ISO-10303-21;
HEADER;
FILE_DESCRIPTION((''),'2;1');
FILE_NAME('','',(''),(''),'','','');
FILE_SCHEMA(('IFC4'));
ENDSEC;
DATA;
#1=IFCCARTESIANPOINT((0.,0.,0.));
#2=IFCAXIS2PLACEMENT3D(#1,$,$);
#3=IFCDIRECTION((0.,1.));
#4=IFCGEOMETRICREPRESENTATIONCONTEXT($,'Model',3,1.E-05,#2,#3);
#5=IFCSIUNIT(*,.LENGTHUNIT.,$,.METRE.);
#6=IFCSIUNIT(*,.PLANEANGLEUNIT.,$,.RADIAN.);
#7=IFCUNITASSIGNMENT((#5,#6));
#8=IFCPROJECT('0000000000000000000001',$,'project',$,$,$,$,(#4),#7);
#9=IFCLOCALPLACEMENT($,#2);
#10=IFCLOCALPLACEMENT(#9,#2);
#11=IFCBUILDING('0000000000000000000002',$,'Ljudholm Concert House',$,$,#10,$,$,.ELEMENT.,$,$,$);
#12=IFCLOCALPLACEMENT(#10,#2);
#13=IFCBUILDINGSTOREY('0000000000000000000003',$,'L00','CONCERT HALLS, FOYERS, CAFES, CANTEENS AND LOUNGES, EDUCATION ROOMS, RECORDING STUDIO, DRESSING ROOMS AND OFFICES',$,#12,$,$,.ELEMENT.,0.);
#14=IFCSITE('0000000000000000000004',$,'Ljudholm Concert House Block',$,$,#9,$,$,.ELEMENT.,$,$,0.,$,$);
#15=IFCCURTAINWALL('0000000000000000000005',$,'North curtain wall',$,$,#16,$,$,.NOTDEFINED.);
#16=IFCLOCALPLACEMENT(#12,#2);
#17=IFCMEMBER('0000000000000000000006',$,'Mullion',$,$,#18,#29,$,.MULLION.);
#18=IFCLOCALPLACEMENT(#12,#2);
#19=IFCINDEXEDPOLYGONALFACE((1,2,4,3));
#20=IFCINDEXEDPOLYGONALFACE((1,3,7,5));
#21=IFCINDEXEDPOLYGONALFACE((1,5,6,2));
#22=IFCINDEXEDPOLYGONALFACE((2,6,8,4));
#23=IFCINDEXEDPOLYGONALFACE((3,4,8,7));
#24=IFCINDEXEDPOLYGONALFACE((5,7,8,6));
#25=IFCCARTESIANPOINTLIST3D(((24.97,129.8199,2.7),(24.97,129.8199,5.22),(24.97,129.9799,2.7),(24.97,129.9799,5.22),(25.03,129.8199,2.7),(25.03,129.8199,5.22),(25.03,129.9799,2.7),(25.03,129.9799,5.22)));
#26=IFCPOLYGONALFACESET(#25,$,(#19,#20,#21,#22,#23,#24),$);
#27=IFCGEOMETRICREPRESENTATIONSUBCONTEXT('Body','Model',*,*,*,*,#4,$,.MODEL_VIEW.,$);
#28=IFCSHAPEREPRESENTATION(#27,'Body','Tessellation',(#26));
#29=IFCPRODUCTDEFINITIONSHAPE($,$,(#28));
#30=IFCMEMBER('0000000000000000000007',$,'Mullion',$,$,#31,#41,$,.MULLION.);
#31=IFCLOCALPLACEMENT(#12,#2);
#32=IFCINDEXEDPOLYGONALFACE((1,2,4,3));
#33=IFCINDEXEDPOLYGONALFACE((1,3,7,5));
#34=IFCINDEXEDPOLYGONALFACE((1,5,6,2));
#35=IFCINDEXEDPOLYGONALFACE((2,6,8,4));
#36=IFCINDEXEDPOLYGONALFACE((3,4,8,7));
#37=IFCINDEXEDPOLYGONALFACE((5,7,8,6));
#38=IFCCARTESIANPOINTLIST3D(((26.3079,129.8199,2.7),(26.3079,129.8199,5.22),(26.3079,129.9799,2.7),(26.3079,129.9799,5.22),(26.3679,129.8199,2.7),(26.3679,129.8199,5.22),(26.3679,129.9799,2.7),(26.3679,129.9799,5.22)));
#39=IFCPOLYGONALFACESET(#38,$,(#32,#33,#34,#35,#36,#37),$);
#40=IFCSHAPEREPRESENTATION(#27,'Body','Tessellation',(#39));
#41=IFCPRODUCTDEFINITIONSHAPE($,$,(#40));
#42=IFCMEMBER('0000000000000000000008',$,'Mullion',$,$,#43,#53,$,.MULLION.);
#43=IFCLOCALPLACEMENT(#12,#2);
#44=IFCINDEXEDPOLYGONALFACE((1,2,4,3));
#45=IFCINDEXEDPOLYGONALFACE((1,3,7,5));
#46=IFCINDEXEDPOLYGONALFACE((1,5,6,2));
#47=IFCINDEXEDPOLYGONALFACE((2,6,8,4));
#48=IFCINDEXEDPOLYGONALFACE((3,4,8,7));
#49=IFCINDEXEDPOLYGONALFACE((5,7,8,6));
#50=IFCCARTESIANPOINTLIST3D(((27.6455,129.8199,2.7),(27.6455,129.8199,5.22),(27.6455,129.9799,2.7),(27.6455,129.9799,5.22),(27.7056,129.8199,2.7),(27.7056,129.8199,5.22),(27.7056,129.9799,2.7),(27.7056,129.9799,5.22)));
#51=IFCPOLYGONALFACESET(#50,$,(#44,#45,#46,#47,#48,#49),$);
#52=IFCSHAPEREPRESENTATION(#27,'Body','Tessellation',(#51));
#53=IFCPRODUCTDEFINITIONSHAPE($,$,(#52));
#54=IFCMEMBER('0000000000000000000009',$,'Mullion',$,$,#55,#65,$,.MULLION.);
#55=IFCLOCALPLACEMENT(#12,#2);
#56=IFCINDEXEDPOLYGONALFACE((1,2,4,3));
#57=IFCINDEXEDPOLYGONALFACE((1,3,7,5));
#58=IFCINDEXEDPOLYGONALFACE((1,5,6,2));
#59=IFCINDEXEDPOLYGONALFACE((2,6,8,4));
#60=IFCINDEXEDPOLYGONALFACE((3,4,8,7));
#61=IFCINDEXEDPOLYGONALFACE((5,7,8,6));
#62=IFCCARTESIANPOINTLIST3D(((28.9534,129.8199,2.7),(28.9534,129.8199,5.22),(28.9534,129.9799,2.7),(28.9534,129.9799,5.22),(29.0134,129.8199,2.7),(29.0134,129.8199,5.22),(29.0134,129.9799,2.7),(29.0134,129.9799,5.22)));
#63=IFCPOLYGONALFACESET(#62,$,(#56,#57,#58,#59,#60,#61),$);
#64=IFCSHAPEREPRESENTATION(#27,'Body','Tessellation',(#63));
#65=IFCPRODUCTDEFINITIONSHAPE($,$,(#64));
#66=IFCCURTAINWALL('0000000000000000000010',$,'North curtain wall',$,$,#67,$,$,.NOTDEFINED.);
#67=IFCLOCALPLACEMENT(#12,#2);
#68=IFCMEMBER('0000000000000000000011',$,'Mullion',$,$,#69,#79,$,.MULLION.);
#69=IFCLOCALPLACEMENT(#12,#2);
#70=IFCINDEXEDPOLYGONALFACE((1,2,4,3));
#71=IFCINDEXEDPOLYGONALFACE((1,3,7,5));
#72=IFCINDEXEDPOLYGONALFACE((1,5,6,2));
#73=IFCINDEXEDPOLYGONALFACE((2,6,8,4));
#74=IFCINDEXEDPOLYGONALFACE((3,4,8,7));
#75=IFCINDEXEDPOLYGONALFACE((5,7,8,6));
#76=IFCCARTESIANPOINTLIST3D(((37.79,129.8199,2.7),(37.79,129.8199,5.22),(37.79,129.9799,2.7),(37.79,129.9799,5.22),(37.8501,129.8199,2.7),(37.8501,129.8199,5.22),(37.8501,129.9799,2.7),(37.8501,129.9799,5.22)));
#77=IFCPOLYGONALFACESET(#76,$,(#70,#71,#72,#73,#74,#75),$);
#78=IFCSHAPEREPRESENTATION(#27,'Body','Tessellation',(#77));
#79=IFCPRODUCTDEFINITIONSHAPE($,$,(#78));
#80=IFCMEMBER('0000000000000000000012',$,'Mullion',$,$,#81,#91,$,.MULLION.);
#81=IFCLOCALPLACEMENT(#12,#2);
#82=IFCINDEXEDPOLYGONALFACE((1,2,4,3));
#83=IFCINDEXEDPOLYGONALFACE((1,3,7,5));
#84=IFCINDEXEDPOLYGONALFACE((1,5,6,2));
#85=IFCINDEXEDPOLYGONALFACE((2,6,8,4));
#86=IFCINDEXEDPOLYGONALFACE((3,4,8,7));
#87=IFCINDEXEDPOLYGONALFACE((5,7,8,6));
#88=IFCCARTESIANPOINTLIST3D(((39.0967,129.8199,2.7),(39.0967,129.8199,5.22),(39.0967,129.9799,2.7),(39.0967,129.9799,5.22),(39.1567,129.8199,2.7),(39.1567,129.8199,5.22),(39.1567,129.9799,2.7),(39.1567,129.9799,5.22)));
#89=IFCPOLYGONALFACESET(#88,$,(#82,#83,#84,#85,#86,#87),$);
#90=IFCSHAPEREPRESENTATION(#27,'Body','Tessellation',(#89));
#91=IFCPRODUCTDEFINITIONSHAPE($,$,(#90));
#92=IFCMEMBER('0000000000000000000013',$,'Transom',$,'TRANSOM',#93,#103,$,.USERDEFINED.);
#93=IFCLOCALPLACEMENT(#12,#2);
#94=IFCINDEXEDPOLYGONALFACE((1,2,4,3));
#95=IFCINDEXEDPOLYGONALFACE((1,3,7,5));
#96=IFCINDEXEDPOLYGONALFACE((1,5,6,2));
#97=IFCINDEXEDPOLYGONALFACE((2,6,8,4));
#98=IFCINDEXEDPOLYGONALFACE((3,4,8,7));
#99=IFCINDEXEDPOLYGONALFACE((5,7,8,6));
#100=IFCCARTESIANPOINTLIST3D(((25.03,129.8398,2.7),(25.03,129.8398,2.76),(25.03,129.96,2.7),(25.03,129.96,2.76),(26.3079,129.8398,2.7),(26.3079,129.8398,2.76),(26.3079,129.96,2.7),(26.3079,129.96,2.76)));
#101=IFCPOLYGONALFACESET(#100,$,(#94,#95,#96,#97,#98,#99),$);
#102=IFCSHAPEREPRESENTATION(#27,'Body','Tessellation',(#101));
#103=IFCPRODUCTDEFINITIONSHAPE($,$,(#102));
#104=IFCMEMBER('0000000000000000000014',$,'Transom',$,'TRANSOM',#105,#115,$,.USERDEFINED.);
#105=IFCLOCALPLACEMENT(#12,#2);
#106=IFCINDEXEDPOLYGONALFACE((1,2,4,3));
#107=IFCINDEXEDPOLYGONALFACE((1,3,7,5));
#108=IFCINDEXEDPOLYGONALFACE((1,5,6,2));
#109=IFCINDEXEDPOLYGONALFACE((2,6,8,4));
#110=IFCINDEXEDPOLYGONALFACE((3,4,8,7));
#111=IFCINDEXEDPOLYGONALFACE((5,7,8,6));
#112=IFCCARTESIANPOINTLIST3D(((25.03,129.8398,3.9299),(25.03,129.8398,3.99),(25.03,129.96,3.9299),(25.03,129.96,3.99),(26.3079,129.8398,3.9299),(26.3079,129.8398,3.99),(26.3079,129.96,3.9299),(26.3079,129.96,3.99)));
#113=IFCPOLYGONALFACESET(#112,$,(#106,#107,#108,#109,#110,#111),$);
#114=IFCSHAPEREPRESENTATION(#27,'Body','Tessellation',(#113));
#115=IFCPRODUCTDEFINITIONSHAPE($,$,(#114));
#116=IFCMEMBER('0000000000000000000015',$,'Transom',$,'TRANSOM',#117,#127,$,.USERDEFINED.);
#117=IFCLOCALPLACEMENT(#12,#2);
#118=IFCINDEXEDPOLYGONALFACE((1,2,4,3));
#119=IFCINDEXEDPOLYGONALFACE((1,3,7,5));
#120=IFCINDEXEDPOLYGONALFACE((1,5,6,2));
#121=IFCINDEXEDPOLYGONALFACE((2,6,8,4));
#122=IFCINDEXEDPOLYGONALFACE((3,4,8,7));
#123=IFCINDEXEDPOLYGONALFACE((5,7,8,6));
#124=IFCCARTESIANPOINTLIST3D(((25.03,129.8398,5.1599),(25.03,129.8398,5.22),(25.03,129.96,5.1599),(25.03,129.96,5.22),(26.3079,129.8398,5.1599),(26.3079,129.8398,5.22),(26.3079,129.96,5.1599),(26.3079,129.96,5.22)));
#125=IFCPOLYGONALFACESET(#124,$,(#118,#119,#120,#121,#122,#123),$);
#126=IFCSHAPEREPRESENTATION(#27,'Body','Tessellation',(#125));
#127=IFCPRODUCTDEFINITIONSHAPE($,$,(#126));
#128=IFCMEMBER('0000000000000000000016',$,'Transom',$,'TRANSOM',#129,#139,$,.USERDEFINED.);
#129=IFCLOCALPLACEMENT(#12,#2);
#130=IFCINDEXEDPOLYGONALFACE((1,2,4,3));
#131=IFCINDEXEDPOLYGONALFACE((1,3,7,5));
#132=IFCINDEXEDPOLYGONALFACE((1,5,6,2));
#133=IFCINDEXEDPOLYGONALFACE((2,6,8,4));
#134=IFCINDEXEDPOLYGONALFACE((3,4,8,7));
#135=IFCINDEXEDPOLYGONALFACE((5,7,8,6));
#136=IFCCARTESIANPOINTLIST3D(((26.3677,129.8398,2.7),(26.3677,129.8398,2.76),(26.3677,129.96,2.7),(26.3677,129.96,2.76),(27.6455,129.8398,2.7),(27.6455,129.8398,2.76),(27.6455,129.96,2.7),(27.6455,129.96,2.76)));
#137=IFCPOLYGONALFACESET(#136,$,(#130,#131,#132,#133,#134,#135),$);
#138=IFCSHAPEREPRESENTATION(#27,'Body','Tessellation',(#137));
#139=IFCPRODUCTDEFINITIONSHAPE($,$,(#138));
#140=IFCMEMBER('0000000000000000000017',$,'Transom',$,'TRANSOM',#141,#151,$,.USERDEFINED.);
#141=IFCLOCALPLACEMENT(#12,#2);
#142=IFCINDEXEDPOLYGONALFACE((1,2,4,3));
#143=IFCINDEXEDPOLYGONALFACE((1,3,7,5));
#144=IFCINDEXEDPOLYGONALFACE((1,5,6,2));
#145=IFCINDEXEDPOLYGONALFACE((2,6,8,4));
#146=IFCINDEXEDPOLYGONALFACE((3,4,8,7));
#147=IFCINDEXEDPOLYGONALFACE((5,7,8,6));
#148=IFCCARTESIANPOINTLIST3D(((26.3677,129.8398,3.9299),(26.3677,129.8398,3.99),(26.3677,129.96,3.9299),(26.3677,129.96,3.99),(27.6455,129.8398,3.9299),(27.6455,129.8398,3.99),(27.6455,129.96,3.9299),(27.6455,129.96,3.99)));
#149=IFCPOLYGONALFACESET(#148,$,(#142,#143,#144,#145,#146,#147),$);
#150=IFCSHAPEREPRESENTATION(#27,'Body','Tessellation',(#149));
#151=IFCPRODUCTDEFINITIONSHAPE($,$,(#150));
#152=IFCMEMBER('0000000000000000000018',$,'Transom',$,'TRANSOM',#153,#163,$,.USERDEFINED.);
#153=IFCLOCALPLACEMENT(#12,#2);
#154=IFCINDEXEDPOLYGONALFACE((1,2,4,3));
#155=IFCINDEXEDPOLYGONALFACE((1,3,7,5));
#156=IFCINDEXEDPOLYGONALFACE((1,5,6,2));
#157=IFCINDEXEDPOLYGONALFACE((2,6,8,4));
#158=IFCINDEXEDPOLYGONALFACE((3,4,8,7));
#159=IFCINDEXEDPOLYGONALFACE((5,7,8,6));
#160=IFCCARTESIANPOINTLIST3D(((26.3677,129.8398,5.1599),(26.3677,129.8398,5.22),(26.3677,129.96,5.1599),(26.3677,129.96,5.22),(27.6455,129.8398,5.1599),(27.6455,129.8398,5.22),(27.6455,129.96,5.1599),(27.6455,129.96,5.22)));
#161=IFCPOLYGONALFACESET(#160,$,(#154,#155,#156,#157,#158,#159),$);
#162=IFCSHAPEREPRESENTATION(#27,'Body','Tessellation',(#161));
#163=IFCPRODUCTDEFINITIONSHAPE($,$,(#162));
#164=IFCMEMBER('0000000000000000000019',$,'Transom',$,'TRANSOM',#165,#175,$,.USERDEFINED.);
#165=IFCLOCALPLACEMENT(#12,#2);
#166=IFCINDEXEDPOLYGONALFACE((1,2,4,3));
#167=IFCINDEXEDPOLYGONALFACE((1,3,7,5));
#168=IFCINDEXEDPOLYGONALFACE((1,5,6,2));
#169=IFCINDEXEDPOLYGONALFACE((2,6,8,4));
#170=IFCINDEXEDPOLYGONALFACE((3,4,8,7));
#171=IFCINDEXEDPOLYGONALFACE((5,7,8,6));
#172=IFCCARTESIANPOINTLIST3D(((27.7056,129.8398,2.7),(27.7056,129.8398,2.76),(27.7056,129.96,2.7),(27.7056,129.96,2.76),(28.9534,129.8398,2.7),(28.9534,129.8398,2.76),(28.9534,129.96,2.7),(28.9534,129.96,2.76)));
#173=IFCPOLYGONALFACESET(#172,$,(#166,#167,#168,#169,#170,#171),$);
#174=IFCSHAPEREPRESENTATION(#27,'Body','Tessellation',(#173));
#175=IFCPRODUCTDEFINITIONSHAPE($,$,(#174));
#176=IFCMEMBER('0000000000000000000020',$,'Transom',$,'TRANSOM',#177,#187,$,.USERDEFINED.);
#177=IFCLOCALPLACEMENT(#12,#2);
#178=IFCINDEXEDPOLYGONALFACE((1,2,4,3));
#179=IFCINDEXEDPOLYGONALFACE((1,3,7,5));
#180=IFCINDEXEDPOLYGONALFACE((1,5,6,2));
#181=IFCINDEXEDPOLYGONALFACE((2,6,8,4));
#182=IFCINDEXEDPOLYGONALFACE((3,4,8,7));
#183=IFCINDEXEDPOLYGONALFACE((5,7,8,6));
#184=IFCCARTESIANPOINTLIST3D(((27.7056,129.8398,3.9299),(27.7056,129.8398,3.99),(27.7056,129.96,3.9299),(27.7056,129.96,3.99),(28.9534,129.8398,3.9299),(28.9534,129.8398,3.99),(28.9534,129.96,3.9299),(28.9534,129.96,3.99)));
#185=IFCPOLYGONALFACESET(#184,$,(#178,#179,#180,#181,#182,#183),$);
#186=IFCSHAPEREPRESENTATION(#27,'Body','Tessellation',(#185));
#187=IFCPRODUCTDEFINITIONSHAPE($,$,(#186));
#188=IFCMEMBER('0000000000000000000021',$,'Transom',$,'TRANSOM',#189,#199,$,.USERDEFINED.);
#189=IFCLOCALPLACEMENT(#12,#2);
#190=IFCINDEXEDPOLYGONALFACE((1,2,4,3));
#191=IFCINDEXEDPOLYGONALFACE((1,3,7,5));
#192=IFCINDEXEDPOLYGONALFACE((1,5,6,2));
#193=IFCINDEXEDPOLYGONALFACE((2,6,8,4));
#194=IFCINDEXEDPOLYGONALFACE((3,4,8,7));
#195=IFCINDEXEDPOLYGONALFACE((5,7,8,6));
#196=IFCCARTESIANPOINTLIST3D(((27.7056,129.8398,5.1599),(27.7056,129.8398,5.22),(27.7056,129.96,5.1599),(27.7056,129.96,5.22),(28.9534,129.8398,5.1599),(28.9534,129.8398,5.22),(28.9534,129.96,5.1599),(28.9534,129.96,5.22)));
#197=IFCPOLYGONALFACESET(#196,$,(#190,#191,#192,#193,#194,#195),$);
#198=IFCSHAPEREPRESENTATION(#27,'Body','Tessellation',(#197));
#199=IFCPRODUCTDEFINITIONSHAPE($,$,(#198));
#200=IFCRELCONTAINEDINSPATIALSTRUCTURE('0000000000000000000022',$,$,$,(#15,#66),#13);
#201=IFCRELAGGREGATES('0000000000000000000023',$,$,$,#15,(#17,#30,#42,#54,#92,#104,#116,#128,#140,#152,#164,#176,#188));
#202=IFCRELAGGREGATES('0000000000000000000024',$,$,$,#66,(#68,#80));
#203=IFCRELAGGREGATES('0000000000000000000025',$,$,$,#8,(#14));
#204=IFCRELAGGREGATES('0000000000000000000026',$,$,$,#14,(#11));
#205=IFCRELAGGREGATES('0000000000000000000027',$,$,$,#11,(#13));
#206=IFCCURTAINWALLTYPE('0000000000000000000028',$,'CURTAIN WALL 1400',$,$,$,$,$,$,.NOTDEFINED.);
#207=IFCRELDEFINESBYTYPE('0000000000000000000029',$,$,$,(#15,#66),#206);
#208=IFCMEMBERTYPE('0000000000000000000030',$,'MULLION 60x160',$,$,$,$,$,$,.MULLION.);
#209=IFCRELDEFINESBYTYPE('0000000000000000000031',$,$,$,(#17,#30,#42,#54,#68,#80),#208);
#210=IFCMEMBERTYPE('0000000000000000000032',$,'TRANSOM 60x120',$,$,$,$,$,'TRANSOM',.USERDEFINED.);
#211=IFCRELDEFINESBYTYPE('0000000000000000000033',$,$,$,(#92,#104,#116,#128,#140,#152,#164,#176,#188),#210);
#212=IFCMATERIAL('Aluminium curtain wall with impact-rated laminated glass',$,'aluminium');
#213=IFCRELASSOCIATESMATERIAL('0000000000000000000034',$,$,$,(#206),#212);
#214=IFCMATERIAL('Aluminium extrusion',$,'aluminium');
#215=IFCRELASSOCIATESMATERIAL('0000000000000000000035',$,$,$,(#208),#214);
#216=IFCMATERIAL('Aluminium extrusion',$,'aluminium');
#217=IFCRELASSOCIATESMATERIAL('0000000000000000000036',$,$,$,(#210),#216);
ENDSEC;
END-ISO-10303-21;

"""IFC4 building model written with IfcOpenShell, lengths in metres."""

from ifc_helpers import new_model, si_unit, direction, frame, origin, origin_2d, place, context, subcontext, project, spatial, rectangle, extrude, material, material_profile, profile_set, type_object, element, aggregate, save


model = new_model("IFC4")

# Units and contexts
model_context = context("Model", 3, precision=1e-05, world=origin(), true_north=direction((0.0, 1.0)))
body_context = subcontext(model_context, "Body", "Model", "MODEL_VIEW")
ifc_project = project(units=[si_unit("LENGTHUNIT", "METRE"), si_unit("PLANEANGLEUNIT", "RADIAN")], contexts=[model_context])

# Site, building, storey
site_placement = place(None, origin())
site = spatial("IfcSite", under=ifc_project, at=site_placement, Name="Ljudholm Concert House Block", CompositionType="ELEMENT", RefElevation=0.0)
building_placement = place(site_placement, origin())
building = spatial("IfcBuilding", under=site, at=building_placement, Name="Ljudholm Concert House", CompositionType="ELEMENT")
storey_placement = place(building_placement, origin())
storey = spatial("IfcBuildingStorey", under=building, at=storey_placement, Name="L00", Description="CONCERT HALLS, FOYERS, CAFES, CANTEENS AND LOUNGES, EDUCATION ROOMS, RECORDING STUDIO, DRESSING ROOMS AND OFFICES", CompositionType="ELEMENT", Elevation=0.0)

# Curtain walls, members
ifc_material_1 = material(Name="Aluminium curtain wall with impact-rated laminated glass", Category="aluminium")
curtain_wall_type = type_object("IfcCurtainWallType", Name="CURTAIN WALL 1400", PredefinedType="NOTDEFINED", material=ifc_material_1)
curtain_wall_1_placement = place(storey_placement, origin())
curtain_wall_1 = element("IfcCurtainWall", 1, at=curtain_wall_1_placement, inside=storey, type_object=curtain_wall_type, Name="North curtain wall", PredefinedType="NOTDEFINED")
ifc_material_2 = material(Name="Aluminium extrusion", Category="aluminium")
ifc_material_profile_1 = material_profile(ifc_material_2, rectangle(XDim=0.1599, YDim=0.0601, at=origin_2d()), Name="MULLION 60x160")
ifc_profile_set_1 = profile_set([ifc_material_profile_1], Name="Aluminium extrusion")
member_type_1 = type_object("IfcMemberType", Name="MULLION 60x160", PredefinedType="MULLION", material=ifc_profile_set_1)
member_1_placement = place(storey_placement, frame((25.0, 129.8999, 2.7), z_axis=(0.0, 0.0, 1.0), x_axis=(0.0, 1.0, 0.0)))
member_1 = element("IfcMember", 2, at=member_1_placement, type_object=member_type_1, Name="Mullion", PredefinedType="MULLION", context=body_context, shape_type="SweptSolid", body=[
    extrude(rectangle(XDim=0.1599, YDim=0.0601, at=origin_2d()), origin(), (0.0, 0.0, 1.0), 2.52),
])
member_2_placement = place(storey_placement, frame((26.3379, 129.8999, 2.7), z_axis=(0.0, 0.0, 1.0), x_axis=(0.0, 1.0, 0.0)))
member_2 = element("IfcMember", 3, at=member_2_placement, type_object=member_type_1, Name="Mullion", PredefinedType="MULLION", context=body_context, shape_type="SweptSolid", body=[
    extrude(rectangle(XDim=0.1599, YDim=0.0601, at=origin_2d()), origin(), (0.0, 0.0, 1.0), 2.52),
])
member_3_placement = place(storey_placement, frame((27.6755, 129.8999, 2.7), z_axis=(0.0, 0.0, 1.0), x_axis=(0.0, 1.0, 0.0)))
member_3 = element("IfcMember", 4, at=member_3_placement, type_object=member_type_1, Name="Mullion", PredefinedType="MULLION", context=body_context, shape_type="SweptSolid", body=[
    extrude(rectangle(XDim=0.1599, YDim=0.0601, at=origin_2d()), origin(), (0.0, 0.0, 1.0), 2.52),
])
member_4_placement = place(storey_placement, frame((28.9834, 129.8999, 2.7), z_axis=(0.0, 0.0, 1.0), x_axis=(0.0, 1.0, 0.0)))
member_4 = element("IfcMember", 5, at=member_4_placement, type_object=member_type_1, Name="Mullion", PredefinedType="MULLION", context=body_context, shape_type="SweptSolid", body=[
    extrude(rectangle(XDim=0.1599, YDim=0.0601, at=origin_2d()), origin(), (0.0, 0.0, 1.0), 2.52),
])
curtain_wall_2_placement = place(storey_placement, origin())
curtain_wall_2 = element("IfcCurtainWall", 6, at=curtain_wall_2_placement, inside=storey, type_object=curtain_wall_type, Name="North curtain wall", PredefinedType="NOTDEFINED")
member_5_placement = place(storey_placement, frame((37.8201, 129.8999, 2.7), z_axis=(0.0, 0.0, 1.0), x_axis=(0.0, 1.0, 0.0)))
member_5 = element("IfcMember", 7, at=member_5_placement, type_object=member_type_1, Name="Mullion", PredefinedType="MULLION", context=body_context, shape_type="SweptSolid", body=[
    extrude(rectangle(XDim=0.1599, YDim=0.0601, at=origin_2d()), origin(), (0.0, 0.0, 1.0), 2.52),
])
member_6_placement = place(storey_placement, frame((39.1267, 129.8999, 2.7), z_axis=(0.0, 0.0, 1.0), x_axis=(0.0, 1.0, 0.0)))
member_6 = element("IfcMember", 8, at=member_6_placement, type_object=member_type_1, Name="Mullion", PredefinedType="MULLION", context=body_context, shape_type="SweptSolid", body=[
    extrude(rectangle(XDim=0.1599, YDim=0.0601, at=origin_2d()), origin(), (0.0, 0.0, 1.0), 2.52),
])

# Members
ifc_material_3 = material(Name="Aluminium extrusion", Category="aluminium")
ifc_material_profile_2 = material_profile(ifc_material_3, rectangle(XDim=0.1201, YDim=0.0601, at=origin_2d()), Name="TRANSOM 60x120")
ifc_profile_set_2 = profile_set([ifc_material_profile_2], Name="Aluminium extrusion")
member_type_2 = type_object("IfcMemberType", Name="TRANSOM 60x120", ElementType="TRANSOM", PredefinedType="USERDEFINED", material=ifc_profile_set_2)
member_7_placement = place(storey_placement, frame((25.03, 129.8999, 2.73), z_axis=(1.0, 0.0, 0.0), x_axis=(0.0, 1.0, 0.0)))
member_7 = element("IfcMember", 9, at=member_7_placement, type_object=member_type_2, Name="Transom", ObjectType="TRANSOM", PredefinedType="USERDEFINED", context=body_context, shape_type="SweptSolid", body=[
    extrude(rectangle(XDim=0.1201, YDim=0.0601, at=origin_2d()), origin(), (0.0, 0.0, 1.0), 1.2778),
])
member_8_placement = place(storey_placement, frame((25.03, 129.8999, 3.96), z_axis=(1.0, 0.0, 0.0), x_axis=(0.0, 1.0, 0.0)))
member_8 = element("IfcMember", 10, at=member_8_placement, type_object=member_type_2, Name="Transom", ObjectType="TRANSOM", PredefinedType="USERDEFINED", context=body_context, shape_type="SweptSolid", body=[
    extrude(rectangle(XDim=0.1201, YDim=0.0601, at=origin_2d()), origin(), (0.0, 0.0, 1.0), 1.2778),
])
member_9_placement = place(storey_placement, frame((25.03, 129.8999, 5.1899), z_axis=(1.0, 0.0, 0.0), x_axis=(0.0, 1.0, 0.0)))
member_9 = element("IfcMember", 11, at=member_9_placement, type_object=member_type_2, Name="Transom", ObjectType="TRANSOM", PredefinedType="USERDEFINED", context=body_context, shape_type="SweptSolid", body=[
    extrude(rectangle(XDim=0.1201, YDim=0.0601, at=origin_2d()), origin(), (0.0, 0.0, 1.0), 1.2778),
])
member_10_placement = place(storey_placement, frame((26.3677, 129.8999, 2.73), z_axis=(1.0, 0.0, 0.0), x_axis=(0.0, 1.0, 0.0)))
member_10 = element("IfcMember", 12, at=member_10_placement, type_object=member_type_2, Name="Transom", ObjectType="TRANSOM", PredefinedType="USERDEFINED", context=body_context, shape_type="SweptSolid", body=[
    extrude(rectangle(XDim=0.1201, YDim=0.0601, at=origin_2d()), origin(), (0.0, 0.0, 1.0), 1.2778),
])
member_11_placement = place(storey_placement, frame((26.3677, 129.8999, 3.96), z_axis=(1.0, 0.0, 0.0), x_axis=(0.0, 1.0, 0.0)))
member_11 = element("IfcMember", 13, at=member_11_placement, type_object=member_type_2, Name="Transom", ObjectType="TRANSOM", PredefinedType="USERDEFINED", context=body_context, shape_type="SweptSolid", body=[
    extrude(rectangle(XDim=0.1201, YDim=0.0601, at=origin_2d()), origin(), (0.0, 0.0, 1.0), 1.2778),
])
member_12_placement = place(storey_placement, frame((26.3677, 129.8999, 5.1899), z_axis=(1.0, 0.0, 0.0), x_axis=(0.0, 1.0, 0.0)))
member_12 = element("IfcMember", 14, at=member_12_placement, type_object=member_type_2, Name="Transom", ObjectType="TRANSOM", PredefinedType="USERDEFINED", context=body_context, shape_type="SweptSolid", body=[
    extrude(rectangle(XDim=0.1201, YDim=0.0601, at=origin_2d()), origin(), (0.0, 0.0, 1.0), 1.2778),
])
member_13_placement = place(storey_placement, frame((27.7056, 129.8999, 2.73), z_axis=(1.0, 0.0, 0.0), x_axis=(0.0, 1.0, 0.0)))
member_13 = element("IfcMember", 15, at=member_13_placement, type_object=member_type_2, Name="Transom", ObjectType="TRANSOM", PredefinedType="USERDEFINED", context=body_context, shape_type="SweptSolid", body=[
    extrude(rectangle(XDim=0.1201, YDim=0.0601, at=origin_2d()), origin(), (0.0, 0.0, 1.0), 1.2478),
])
member_14_placement = place(storey_placement, frame((27.7056, 129.8999, 3.96), z_axis=(1.0, 0.0, 0.0), x_axis=(0.0, 1.0, 0.0)))
member_14 = element("IfcMember", 16, at=member_14_placement, type_object=member_type_2, Name="Transom", ObjectType="TRANSOM", PredefinedType="USERDEFINED", context=body_context, shape_type="SweptSolid", body=[
    extrude(rectangle(XDim=0.1201, YDim=0.0601, at=origin_2d()), origin(), (0.0, 0.0, 1.0), 1.2478),
])
member_15_placement = place(storey_placement, frame((27.7056, 129.8999, 5.1899), z_axis=(1.0, 0.0, 0.0), x_axis=(0.0, 1.0, 0.0)))
member_15 = element("IfcMember", 17, at=member_15_placement, type_object=member_type_2, Name="Transom", ObjectType="TRANSOM", PredefinedType="USERDEFINED", context=body_context, shape_type="SweptSolid", body=[
    extrude(rectangle(XDim=0.1201, YDim=0.0601, at=origin_2d()), origin(), (0.0, 0.0, 1.0), 1.2478),
])

aggregate(curtain_wall_1, [member_1, member_2, member_3, member_4, member_7, member_8, member_9, member_10, member_11, member_12, member_13, member_14, member_15])
aggregate(curtain_wall_2, [member_5, member_6])

save(model, "model.ifc")
